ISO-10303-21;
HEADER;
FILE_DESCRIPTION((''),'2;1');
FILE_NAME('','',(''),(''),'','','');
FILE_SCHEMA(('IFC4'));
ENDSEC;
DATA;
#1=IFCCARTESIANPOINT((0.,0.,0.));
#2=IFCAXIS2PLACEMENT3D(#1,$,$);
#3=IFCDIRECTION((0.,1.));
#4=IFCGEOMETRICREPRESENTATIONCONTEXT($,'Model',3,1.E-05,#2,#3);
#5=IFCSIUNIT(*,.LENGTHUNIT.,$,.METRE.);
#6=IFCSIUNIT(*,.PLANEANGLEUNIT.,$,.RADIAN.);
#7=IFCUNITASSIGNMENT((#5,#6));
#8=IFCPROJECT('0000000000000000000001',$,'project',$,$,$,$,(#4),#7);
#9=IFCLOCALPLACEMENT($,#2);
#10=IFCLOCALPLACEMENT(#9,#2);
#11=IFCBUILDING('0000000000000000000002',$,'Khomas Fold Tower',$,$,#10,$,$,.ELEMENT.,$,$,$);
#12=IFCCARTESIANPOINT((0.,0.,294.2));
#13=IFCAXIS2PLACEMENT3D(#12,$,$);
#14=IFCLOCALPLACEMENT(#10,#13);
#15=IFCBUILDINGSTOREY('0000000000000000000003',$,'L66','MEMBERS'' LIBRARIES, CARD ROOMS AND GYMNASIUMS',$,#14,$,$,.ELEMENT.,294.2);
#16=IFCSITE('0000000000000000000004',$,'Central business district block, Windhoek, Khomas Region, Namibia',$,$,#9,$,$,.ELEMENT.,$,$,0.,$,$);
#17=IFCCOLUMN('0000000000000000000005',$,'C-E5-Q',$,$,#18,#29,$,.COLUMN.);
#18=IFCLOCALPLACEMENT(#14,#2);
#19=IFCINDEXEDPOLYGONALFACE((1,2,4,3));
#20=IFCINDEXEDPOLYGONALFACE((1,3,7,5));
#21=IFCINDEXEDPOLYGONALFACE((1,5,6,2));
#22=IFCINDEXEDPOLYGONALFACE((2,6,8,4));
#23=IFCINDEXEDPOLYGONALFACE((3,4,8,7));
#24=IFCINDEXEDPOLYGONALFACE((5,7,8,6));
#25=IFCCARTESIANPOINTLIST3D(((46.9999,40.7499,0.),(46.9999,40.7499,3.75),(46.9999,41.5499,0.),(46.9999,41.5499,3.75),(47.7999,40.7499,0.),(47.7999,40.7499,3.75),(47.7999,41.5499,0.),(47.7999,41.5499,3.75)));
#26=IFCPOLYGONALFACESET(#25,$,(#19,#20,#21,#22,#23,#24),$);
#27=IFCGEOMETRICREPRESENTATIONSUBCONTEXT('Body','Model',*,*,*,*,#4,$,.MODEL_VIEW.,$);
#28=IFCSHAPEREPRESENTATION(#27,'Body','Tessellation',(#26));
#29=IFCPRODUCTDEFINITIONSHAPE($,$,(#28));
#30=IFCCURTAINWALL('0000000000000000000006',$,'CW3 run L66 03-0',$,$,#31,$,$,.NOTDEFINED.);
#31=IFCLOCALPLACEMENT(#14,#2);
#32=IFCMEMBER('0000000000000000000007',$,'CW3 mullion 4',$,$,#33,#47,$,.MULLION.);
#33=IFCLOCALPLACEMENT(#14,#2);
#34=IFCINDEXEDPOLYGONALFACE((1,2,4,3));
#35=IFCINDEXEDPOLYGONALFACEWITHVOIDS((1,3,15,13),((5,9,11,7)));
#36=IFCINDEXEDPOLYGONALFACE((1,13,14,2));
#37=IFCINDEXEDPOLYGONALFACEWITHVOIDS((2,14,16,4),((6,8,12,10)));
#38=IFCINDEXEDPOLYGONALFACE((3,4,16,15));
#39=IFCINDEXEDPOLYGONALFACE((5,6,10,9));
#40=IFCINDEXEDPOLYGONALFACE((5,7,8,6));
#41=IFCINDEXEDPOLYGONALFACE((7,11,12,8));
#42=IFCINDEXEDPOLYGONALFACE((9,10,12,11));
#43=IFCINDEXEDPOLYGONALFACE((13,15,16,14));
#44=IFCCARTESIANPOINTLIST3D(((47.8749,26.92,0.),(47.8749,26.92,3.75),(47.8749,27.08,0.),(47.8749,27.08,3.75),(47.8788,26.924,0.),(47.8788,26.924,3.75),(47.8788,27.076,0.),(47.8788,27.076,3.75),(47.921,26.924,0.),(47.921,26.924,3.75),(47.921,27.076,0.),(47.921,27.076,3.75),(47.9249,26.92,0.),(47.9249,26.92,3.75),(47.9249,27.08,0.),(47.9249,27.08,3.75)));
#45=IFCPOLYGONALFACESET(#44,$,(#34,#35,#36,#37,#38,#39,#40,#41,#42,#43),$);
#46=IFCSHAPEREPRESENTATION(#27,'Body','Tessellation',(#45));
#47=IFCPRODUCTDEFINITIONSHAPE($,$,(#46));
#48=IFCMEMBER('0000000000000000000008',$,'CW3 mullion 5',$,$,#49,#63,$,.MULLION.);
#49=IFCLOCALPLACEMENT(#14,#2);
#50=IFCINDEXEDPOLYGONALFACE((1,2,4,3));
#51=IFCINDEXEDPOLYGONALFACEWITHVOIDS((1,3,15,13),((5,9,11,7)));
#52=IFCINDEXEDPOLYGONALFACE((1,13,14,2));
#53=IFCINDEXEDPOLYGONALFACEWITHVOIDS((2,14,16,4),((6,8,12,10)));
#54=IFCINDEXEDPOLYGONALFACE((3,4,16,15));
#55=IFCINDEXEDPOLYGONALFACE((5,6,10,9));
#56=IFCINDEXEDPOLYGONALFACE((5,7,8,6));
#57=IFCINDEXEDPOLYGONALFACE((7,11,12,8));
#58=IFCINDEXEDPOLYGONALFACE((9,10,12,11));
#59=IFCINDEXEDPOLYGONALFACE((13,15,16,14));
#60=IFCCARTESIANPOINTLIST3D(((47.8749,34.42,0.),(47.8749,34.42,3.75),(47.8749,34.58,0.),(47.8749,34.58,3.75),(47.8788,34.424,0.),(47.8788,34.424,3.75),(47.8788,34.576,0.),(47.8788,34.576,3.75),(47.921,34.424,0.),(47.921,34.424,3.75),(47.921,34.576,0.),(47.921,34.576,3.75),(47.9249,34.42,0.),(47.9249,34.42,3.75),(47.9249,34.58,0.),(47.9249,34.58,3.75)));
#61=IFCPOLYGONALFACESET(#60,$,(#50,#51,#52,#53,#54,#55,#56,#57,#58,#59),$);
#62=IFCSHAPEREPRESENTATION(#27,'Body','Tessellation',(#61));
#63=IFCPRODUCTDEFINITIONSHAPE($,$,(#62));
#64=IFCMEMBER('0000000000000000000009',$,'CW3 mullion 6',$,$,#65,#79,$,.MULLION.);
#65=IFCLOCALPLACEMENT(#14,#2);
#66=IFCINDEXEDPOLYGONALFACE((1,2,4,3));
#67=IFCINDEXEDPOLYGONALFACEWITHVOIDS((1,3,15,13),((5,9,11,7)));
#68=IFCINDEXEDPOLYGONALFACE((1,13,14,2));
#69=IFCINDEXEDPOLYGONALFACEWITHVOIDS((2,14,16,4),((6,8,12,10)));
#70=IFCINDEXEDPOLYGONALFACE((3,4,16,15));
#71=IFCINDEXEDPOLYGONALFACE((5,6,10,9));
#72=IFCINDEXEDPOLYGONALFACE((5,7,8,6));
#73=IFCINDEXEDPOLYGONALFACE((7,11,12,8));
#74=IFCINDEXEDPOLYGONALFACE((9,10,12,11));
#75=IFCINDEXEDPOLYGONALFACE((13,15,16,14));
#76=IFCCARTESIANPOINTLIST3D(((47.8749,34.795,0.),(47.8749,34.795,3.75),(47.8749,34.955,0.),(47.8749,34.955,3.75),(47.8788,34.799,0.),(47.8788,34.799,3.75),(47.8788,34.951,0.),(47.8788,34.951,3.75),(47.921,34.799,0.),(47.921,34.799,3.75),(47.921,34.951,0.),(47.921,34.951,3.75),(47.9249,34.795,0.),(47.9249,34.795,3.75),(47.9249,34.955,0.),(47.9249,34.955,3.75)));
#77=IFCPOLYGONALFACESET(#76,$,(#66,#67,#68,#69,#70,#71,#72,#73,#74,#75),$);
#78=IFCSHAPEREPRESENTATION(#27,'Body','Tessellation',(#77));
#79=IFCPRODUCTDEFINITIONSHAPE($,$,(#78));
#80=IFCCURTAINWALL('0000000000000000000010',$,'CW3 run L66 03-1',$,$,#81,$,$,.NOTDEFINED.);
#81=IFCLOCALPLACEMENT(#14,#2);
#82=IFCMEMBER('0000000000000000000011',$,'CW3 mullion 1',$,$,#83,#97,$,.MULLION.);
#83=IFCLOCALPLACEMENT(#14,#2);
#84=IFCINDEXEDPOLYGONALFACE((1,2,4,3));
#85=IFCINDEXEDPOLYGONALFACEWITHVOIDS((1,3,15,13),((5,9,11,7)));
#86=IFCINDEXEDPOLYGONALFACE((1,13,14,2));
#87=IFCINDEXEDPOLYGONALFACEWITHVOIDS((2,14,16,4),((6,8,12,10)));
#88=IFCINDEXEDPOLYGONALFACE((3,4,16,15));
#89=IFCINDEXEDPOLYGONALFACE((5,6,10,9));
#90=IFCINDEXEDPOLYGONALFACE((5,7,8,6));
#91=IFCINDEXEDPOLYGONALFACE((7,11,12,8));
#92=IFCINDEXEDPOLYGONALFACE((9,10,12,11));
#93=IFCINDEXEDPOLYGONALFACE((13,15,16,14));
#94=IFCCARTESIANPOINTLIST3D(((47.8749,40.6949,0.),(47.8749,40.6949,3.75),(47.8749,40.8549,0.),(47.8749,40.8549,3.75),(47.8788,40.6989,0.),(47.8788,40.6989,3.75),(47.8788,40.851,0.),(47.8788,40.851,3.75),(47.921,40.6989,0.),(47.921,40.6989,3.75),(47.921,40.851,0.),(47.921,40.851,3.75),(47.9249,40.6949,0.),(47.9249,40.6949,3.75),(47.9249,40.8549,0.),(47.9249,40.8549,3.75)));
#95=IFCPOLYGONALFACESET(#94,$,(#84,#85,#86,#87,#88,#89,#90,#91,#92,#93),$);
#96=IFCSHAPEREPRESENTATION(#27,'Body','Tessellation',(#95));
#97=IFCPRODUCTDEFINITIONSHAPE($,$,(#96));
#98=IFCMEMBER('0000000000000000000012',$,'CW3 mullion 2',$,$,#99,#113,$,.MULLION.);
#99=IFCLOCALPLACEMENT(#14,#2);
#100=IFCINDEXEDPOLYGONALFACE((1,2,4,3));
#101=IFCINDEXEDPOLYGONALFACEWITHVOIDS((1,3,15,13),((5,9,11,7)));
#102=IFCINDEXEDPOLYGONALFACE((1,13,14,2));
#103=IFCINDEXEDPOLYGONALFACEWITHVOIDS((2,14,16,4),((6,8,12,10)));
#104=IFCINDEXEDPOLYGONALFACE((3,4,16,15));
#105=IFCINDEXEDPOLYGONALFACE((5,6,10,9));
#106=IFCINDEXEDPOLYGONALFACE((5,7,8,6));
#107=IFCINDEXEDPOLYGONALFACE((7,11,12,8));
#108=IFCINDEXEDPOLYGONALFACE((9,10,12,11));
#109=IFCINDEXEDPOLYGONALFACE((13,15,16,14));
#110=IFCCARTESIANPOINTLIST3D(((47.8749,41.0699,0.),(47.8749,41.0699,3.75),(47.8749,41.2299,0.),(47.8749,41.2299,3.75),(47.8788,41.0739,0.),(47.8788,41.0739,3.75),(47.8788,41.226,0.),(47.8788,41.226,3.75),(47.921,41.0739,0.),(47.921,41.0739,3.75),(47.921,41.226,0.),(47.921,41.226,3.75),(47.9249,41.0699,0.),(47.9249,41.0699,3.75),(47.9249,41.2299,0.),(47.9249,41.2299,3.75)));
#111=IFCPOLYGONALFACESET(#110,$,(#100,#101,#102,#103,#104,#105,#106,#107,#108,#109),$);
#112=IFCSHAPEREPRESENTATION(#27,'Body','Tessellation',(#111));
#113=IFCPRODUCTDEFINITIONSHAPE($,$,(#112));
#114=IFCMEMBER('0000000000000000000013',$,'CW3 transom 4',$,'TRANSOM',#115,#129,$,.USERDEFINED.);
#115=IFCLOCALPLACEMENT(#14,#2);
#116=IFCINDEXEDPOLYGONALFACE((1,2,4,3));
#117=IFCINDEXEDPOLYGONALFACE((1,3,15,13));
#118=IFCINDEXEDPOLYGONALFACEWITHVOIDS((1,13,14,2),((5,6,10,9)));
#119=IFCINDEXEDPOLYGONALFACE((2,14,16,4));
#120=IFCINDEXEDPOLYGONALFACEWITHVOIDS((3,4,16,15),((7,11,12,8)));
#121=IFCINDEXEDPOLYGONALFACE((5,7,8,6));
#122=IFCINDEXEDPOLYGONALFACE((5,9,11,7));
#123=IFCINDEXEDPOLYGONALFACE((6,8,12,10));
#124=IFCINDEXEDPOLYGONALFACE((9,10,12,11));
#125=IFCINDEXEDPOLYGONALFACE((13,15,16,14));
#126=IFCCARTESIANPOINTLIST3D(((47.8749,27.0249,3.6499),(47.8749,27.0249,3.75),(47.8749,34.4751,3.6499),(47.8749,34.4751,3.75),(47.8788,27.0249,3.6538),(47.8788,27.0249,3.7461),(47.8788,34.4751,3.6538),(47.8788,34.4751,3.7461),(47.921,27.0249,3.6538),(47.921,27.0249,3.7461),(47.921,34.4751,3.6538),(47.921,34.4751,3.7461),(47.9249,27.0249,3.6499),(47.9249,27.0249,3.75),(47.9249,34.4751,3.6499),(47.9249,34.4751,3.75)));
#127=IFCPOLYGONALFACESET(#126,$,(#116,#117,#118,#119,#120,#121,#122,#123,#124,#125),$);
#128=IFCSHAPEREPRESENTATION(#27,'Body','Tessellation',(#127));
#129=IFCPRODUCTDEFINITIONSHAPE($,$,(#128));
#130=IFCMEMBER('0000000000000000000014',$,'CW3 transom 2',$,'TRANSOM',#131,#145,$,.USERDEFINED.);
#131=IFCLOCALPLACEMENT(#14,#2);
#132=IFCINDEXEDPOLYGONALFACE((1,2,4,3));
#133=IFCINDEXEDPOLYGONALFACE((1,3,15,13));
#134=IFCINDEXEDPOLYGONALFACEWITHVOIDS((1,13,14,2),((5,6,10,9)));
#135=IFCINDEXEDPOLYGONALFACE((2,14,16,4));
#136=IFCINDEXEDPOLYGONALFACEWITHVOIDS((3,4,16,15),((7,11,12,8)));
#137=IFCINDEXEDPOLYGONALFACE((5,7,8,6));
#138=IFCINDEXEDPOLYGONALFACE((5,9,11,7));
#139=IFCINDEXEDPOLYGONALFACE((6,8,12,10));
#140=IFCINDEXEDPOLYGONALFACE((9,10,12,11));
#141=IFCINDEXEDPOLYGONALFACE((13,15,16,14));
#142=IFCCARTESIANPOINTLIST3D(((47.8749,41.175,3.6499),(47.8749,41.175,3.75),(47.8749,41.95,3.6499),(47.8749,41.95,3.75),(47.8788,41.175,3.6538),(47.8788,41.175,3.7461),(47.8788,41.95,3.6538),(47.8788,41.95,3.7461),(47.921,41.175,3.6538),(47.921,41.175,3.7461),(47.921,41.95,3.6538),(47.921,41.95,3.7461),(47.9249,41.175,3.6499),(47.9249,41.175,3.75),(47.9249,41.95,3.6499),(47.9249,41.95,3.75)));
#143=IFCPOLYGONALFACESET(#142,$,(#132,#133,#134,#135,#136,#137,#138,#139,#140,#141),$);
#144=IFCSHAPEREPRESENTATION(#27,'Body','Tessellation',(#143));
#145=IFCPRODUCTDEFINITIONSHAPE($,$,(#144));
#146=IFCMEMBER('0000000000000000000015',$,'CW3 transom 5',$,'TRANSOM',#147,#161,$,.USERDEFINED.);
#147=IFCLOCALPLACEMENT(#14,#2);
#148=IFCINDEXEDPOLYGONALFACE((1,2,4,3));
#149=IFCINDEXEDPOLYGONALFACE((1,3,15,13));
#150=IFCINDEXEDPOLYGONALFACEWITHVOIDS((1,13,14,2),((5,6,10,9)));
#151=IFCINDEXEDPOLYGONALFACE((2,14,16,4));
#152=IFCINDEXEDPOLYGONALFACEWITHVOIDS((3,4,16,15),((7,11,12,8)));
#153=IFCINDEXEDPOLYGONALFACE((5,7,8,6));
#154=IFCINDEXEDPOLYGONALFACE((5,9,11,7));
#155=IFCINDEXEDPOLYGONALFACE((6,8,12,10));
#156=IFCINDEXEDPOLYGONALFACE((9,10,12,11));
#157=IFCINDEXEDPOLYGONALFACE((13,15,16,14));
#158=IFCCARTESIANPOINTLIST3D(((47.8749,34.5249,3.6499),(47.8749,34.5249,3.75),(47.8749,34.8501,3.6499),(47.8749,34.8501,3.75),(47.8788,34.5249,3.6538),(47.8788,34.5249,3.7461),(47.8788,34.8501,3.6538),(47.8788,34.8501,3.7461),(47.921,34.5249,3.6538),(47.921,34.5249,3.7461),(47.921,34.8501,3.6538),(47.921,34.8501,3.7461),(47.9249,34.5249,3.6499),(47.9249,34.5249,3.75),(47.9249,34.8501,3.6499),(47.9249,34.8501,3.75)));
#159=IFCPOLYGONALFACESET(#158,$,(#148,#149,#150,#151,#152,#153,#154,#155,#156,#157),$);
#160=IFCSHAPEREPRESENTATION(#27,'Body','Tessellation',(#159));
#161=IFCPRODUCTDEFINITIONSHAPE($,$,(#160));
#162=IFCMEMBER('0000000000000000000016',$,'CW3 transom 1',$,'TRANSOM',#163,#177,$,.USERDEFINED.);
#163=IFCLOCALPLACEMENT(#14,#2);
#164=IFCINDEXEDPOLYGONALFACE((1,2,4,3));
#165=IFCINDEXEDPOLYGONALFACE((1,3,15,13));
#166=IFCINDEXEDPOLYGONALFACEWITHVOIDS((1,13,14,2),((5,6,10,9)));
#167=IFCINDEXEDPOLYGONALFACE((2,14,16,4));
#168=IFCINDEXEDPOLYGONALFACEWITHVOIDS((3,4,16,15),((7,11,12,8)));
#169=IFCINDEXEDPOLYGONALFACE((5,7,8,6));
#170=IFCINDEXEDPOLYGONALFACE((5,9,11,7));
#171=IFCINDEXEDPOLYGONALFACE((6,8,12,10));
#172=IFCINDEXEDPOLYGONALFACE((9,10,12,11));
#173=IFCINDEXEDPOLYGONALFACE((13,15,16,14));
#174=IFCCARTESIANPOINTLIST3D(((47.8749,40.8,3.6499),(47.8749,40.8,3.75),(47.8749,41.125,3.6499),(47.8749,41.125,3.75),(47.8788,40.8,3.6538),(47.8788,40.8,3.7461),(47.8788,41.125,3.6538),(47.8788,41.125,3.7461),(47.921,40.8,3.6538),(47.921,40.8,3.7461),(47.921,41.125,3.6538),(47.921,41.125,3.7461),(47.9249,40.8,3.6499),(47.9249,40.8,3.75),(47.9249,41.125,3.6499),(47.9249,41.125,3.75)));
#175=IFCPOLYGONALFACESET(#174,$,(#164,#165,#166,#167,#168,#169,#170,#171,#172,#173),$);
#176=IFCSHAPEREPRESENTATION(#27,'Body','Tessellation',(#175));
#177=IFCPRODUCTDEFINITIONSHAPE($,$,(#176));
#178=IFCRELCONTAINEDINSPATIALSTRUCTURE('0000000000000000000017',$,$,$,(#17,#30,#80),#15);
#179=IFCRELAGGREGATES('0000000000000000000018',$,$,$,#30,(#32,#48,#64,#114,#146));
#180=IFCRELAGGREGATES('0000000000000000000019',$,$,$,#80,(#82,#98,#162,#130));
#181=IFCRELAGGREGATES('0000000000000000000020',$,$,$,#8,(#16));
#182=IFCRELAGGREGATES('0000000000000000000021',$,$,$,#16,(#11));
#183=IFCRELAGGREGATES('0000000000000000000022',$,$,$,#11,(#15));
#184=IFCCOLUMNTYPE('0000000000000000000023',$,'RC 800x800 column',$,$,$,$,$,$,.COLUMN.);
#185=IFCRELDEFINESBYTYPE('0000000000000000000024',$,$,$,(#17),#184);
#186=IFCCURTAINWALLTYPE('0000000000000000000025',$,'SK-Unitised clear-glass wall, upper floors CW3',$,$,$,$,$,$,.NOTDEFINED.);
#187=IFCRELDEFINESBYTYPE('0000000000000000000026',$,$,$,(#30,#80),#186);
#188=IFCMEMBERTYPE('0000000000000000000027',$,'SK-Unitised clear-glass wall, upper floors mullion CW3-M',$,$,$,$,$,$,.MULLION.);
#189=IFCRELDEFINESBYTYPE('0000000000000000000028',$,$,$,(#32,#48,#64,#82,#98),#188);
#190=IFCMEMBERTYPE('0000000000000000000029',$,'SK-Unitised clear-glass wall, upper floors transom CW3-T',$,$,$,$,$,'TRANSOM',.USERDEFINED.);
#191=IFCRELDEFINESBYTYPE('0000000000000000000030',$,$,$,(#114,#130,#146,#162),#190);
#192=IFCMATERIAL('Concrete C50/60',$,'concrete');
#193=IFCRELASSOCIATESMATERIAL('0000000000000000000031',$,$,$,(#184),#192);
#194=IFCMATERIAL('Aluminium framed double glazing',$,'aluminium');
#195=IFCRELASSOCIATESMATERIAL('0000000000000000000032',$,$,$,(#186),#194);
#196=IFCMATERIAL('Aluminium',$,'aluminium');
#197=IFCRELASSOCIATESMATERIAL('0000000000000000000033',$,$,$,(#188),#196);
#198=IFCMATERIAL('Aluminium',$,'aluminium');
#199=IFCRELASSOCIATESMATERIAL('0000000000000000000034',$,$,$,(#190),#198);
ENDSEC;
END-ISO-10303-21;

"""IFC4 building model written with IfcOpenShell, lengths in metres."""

from ifc_helpers import new_model, si_unit, direction, frame, origin, origin_2d, place, context, subcontext, project, spatial, rectangle, hollow_rectangle, extrude, source, transform, mapped, material, material_profile, profile_set, type_object, element, aggregate, save


model = new_model("IFC4")

# Units and contexts
model_context = context("Model", 3, precision=1e-05, world=origin(), true_north=direction((0.0, 1.0)))
body_context = subcontext(model_context, "Body", "Model", "MODEL_VIEW")
ifc_project = project(units=[si_unit("LENGTHUNIT", "METRE"), si_unit("PLANEANGLEUNIT", "RADIAN")], contexts=[model_context])

# Site, building, storey
site_placement = place(None, origin())
site = spatial("IfcSite", under=ifc_project, at=site_placement, Name="Central business district block, Windhoek, Khomas Region, Namibia", CompositionType="ELEMENT", RefElevation=0.0)
building_placement = place(site_placement, origin())
building = spatial("IfcBuilding", under=site, at=building_placement, Name="Khomas Fold Tower", CompositionType="ELEMENT")
storey_placement = place(building_placement, frame((0.0, 0.0, 294.2)))
storey = spatial("IfcBuildingStorey", under=building, at=storey_placement, Name="L66", Description="MEMBERS' LIBRARIES, CARD ROOMS AND GYMNASIUMS", CompositionType="ELEMENT", Elevation=294.2)

# Column
ifc_material_1 = material(Name="Concrete C50/60", Category="concrete")
ifc_material_profile_1 = material_profile(ifc_material_1, rectangle(XDim=0.8, YDim=0.8, at=origin_2d()), Name="RC 800x800")
ifc_profile_set_1 = profile_set([ifc_material_profile_1], Name="Concrete C50/60")
column_type = type_object("IfcColumnType", Name="RC 800x800 column", PredefinedType="COLUMN", material=ifc_profile_set_1)
shared_shape_1 = source(origin(), body_context, "Body", "SweptSolid", [
    extrude(rectangle(XDim=0.8, YDim=0.8, at=origin_2d()), origin(), (0.0, 0.0, 1.0), 3.75),
])
column_placement = place(storey_placement, frame((47.3999, 41.1499, 0.0), z_axis=(0.0, 0.0, 1.0), x_axis=(1.0, 0.0, 0.0)))
element("IfcColumn", 1, at=column_placement, inside=storey, type_object=column_type, Name="C-E5-Q", PredefinedType="COLUMN", context=body_context, shape_type="MappedRepresentation", body=[
    mapped(shared_shape_1, transform((0.0, 0.0, 0.0))),
])

# Curtain walls, members
ifc_material_2 = material(Name="Aluminium framed double glazing", Category="aluminium")
curtain_wall_type = type_object("IfcCurtainWallType", Name="SK-Unitised clear-glass wall, upper floors CW3", PredefinedType="NOTDEFINED", material=ifc_material_2)
curtain_wall_1_placement = place(storey_placement, origin())
curtain_wall_1 = element("IfcCurtainWall", 2, at=curtain_wall_1_placement, inside=storey, type_object=curtain_wall_type, Name="CW3 run L66 03-0", PredefinedType="NOTDEFINED")
ifc_material_3 = material(Name="Aluminium", Category="aluminium")
ifc_material_profile_2 = material_profile(ifc_material_3, hollow_rectangle(XDim=0.05, YDim=0.1599, WallThickness=0.0039, at=origin_2d()), Name="SK-Unitised clear-glass wall, upper floors mullion CW3-M")
ifc_profile_set_2 = profile_set([ifc_material_profile_2], Name="Aluminium")
member_type_1 = type_object("IfcMemberType", Name="SK-Unitised clear-glass wall, upper floors mullion CW3-M", PredefinedType="MULLION", material=ifc_profile_set_2)
shared_shape_2 = source(origin(), body_context, "Body", "SweptSolid", [
    extrude(hollow_rectangle(XDim=0.05, YDim=0.1599, WallThickness=0.0039, at=origin_2d()), origin(), (0.0, 0.0, 1.0), 3.75),
])
member_1_placement = place(storey_placement, frame((47.8999, 27.0, 0.0), z_axis=(0.0, 0.0, 1.0), x_axis=(-1.0, 0.0, 0.0)))
member_1 = element("IfcMember", 3, at=member_1_placement, type_object=member_type_1, Name="CW3 mullion 4", PredefinedType="MULLION", context=body_context, shape_type="MappedRepresentation", body=[
    mapped(shared_shape_2, transform((0.0, 0.0, 0.0))),
])
member_2_placement = place(storey_placement, frame((47.8999, 34.5, 0.0), z_axis=(0.0, 0.0, 1.0), x_axis=(-1.0, 0.0, 0.0)))
member_2 = element("IfcMember", 4, at=member_2_placement, type_object=member_type_1, Name="CW3 mullion 5", PredefinedType="MULLION", context=body_context, shape_type="MappedRepresentation", body=[
    mapped(shared_shape_2, transform((0.0, 0.0, 0.0))),
])
member_3_placement = place(storey_placement, frame((47.8999, 34.875, 0.0), z_axis=(0.0, 0.0, 1.0), x_axis=(-1.0, 0.0, 0.0)))
member_3 = element("IfcMember", 5, at=member_3_placement, type_object=member_type_1, Name="CW3 mullion 6", PredefinedType="MULLION", context=body_context, shape_type="MappedRepresentation", body=[
    mapped(shared_shape_2, transform((0.0, 0.0, 0.0))),
])
curtain_wall_2_placement = place(storey_placement, origin())
curtain_wall_2 = element("IfcCurtainWall", 6, at=curtain_wall_2_placement, inside=storey, type_object=curtain_wall_type, Name="CW3 run L66 03-1", PredefinedType="NOTDEFINED")
member_4_placement = place(storey_placement, frame((47.8999, 40.7749, 0.0), z_axis=(0.0, 0.0, 1.0), x_axis=(-1.0, 0.0, 0.0)))
member_4 = element("IfcMember", 7, at=member_4_placement, type_object=member_type_1, Name="CW3 mullion 1", PredefinedType="MULLION", context=body_context, shape_type="MappedRepresentation", body=[
    mapped(shared_shape_2, transform((0.0, 0.0, 0.0))),
])
member_5_placement = place(storey_placement, frame((47.8999, 41.1499, 0.0), z_axis=(0.0, 0.0, 1.0), x_axis=(-1.0, 0.0, 0.0)))
member_5 = element("IfcMember", 8, at=member_5_placement, type_object=member_type_1, Name="CW3 mullion 2", PredefinedType="MULLION", context=body_context, shape_type="MappedRepresentation", body=[
    mapped(shared_shape_2, transform((0.0, 0.0, 0.0))),
])

# Members
ifc_material_4 = material(Name="Aluminium", Category="aluminium")
ifc_material_profile_3 = material_profile(ifc_material_4, hollow_rectangle(XDim=0.05, YDim=0.1001, WallThickness=0.0039, at=origin_2d()), Name="SK-Unitised clear-glass wall, upper floors transom CW3-T")
ifc_profile_set_3 = profile_set([ifc_material_profile_3], Name="Aluminium")
member_type_2 = type_object("IfcMemberType", Name="SK-Unitised clear-glass wall, upper floors transom CW3-T", ElementType="TRANSOM", PredefinedType="USERDEFINED", material=ifc_profile_set_3)
shared_shape_3 = source(origin(), body_context, "Body", "SweptSolid", [
    extrude(hollow_rectangle(XDim=0.05, YDim=0.1001, WallThickness=0.0039, at=origin_2d()), origin(), (0.0, 0.0, 1.0), 7.4502),
])
member_6_placement = place(storey_placement, frame((47.8999, 27.0249, 3.7), z_axis=(0.0, 1.0, 0.0), x_axis=(-1.0, 0.0, 0.0)))
member_6 = element("IfcMember", 9, at=member_6_placement, type_object=member_type_2, Name="CW3 transom 4", ObjectType="TRANSOM", PredefinedType="USERDEFINED", context=body_context, shape_type="MappedRepresentation", body=[
    mapped(shared_shape_3, transform((0.0, 0.0, 0.0))),
])
shared_shape_4 = source(origin(), body_context, "Body", "SweptSolid", [
    extrude(hollow_rectangle(XDim=0.05, YDim=0.1001, WallThickness=0.0039, at=origin_2d()), origin(), (0.0, 0.0, 1.0), 0.7749),
])
member_7_placement = place(storey_placement, frame((47.8999, 41.175, 3.7), z_axis=(0.0, 1.0, 0.0), x_axis=(-1.0, 0.0, 0.0)))
member_7 = element("IfcMember", 10, at=member_7_placement, type_object=member_type_2, Name="CW3 transom 2", ObjectType="TRANSOM", PredefinedType="USERDEFINED", context=body_context, shape_type="MappedRepresentation", body=[
    mapped(shared_shape_4, transform((0.0, 0.0, 0.0))),
])
shared_shape_5 = source(origin(), body_context, "Body", "SweptSolid", [
    extrude(hollow_rectangle(XDim=0.05, YDim=0.1001, WallThickness=0.0039, at=origin_2d()), origin(), (0.0, 0.0, 1.0), 0.3252),
])
member_8_placement = place(storey_placement, frame((47.8999, 34.5249, 3.7), z_axis=(0.0, 1.0, 0.0), x_axis=(-1.0, 0.0, 0.0)))
member_8 = element("IfcMember", 11, at=member_8_placement, type_object=member_type_2, Name="CW3 transom 5", ObjectType="TRANSOM", PredefinedType="USERDEFINED", context=body_context, shape_type="MappedRepresentation", body=[
    mapped(shared_shape_5, transform((0.0, 0.0, 0.0))),
])
shared_shape_6 = source(origin(), body_context, "Body", "SweptSolid", [
    extrude(hollow_rectangle(XDim=0.05, YDim=0.1001, WallThickness=0.0039, at=origin_2d()), origin(), (0.0, 0.0, 1.0), 0.325),
])
member_9_placement = place(storey_placement, frame((47.8999, 40.8, 3.7), z_axis=(0.0, 1.0, 0.0), x_axis=(-1.0, 0.0, 0.0)))
member_9 = element("IfcMember", 12, at=member_9_placement, type_object=member_type_2, Name="CW3 transom 1", ObjectType="TRANSOM", PredefinedType="USERDEFINED", context=body_context, shape_type="MappedRepresentation", body=[
    mapped(shared_shape_6, transform((0.0, 0.0, 0.0))),
])

aggregate(curtain_wall_1, [member_1, member_2, member_3, member_6, member_8])
aggregate(curtain_wall_2, [member_4, member_5, member_9, member_7])

save(model, "model.ifc")
